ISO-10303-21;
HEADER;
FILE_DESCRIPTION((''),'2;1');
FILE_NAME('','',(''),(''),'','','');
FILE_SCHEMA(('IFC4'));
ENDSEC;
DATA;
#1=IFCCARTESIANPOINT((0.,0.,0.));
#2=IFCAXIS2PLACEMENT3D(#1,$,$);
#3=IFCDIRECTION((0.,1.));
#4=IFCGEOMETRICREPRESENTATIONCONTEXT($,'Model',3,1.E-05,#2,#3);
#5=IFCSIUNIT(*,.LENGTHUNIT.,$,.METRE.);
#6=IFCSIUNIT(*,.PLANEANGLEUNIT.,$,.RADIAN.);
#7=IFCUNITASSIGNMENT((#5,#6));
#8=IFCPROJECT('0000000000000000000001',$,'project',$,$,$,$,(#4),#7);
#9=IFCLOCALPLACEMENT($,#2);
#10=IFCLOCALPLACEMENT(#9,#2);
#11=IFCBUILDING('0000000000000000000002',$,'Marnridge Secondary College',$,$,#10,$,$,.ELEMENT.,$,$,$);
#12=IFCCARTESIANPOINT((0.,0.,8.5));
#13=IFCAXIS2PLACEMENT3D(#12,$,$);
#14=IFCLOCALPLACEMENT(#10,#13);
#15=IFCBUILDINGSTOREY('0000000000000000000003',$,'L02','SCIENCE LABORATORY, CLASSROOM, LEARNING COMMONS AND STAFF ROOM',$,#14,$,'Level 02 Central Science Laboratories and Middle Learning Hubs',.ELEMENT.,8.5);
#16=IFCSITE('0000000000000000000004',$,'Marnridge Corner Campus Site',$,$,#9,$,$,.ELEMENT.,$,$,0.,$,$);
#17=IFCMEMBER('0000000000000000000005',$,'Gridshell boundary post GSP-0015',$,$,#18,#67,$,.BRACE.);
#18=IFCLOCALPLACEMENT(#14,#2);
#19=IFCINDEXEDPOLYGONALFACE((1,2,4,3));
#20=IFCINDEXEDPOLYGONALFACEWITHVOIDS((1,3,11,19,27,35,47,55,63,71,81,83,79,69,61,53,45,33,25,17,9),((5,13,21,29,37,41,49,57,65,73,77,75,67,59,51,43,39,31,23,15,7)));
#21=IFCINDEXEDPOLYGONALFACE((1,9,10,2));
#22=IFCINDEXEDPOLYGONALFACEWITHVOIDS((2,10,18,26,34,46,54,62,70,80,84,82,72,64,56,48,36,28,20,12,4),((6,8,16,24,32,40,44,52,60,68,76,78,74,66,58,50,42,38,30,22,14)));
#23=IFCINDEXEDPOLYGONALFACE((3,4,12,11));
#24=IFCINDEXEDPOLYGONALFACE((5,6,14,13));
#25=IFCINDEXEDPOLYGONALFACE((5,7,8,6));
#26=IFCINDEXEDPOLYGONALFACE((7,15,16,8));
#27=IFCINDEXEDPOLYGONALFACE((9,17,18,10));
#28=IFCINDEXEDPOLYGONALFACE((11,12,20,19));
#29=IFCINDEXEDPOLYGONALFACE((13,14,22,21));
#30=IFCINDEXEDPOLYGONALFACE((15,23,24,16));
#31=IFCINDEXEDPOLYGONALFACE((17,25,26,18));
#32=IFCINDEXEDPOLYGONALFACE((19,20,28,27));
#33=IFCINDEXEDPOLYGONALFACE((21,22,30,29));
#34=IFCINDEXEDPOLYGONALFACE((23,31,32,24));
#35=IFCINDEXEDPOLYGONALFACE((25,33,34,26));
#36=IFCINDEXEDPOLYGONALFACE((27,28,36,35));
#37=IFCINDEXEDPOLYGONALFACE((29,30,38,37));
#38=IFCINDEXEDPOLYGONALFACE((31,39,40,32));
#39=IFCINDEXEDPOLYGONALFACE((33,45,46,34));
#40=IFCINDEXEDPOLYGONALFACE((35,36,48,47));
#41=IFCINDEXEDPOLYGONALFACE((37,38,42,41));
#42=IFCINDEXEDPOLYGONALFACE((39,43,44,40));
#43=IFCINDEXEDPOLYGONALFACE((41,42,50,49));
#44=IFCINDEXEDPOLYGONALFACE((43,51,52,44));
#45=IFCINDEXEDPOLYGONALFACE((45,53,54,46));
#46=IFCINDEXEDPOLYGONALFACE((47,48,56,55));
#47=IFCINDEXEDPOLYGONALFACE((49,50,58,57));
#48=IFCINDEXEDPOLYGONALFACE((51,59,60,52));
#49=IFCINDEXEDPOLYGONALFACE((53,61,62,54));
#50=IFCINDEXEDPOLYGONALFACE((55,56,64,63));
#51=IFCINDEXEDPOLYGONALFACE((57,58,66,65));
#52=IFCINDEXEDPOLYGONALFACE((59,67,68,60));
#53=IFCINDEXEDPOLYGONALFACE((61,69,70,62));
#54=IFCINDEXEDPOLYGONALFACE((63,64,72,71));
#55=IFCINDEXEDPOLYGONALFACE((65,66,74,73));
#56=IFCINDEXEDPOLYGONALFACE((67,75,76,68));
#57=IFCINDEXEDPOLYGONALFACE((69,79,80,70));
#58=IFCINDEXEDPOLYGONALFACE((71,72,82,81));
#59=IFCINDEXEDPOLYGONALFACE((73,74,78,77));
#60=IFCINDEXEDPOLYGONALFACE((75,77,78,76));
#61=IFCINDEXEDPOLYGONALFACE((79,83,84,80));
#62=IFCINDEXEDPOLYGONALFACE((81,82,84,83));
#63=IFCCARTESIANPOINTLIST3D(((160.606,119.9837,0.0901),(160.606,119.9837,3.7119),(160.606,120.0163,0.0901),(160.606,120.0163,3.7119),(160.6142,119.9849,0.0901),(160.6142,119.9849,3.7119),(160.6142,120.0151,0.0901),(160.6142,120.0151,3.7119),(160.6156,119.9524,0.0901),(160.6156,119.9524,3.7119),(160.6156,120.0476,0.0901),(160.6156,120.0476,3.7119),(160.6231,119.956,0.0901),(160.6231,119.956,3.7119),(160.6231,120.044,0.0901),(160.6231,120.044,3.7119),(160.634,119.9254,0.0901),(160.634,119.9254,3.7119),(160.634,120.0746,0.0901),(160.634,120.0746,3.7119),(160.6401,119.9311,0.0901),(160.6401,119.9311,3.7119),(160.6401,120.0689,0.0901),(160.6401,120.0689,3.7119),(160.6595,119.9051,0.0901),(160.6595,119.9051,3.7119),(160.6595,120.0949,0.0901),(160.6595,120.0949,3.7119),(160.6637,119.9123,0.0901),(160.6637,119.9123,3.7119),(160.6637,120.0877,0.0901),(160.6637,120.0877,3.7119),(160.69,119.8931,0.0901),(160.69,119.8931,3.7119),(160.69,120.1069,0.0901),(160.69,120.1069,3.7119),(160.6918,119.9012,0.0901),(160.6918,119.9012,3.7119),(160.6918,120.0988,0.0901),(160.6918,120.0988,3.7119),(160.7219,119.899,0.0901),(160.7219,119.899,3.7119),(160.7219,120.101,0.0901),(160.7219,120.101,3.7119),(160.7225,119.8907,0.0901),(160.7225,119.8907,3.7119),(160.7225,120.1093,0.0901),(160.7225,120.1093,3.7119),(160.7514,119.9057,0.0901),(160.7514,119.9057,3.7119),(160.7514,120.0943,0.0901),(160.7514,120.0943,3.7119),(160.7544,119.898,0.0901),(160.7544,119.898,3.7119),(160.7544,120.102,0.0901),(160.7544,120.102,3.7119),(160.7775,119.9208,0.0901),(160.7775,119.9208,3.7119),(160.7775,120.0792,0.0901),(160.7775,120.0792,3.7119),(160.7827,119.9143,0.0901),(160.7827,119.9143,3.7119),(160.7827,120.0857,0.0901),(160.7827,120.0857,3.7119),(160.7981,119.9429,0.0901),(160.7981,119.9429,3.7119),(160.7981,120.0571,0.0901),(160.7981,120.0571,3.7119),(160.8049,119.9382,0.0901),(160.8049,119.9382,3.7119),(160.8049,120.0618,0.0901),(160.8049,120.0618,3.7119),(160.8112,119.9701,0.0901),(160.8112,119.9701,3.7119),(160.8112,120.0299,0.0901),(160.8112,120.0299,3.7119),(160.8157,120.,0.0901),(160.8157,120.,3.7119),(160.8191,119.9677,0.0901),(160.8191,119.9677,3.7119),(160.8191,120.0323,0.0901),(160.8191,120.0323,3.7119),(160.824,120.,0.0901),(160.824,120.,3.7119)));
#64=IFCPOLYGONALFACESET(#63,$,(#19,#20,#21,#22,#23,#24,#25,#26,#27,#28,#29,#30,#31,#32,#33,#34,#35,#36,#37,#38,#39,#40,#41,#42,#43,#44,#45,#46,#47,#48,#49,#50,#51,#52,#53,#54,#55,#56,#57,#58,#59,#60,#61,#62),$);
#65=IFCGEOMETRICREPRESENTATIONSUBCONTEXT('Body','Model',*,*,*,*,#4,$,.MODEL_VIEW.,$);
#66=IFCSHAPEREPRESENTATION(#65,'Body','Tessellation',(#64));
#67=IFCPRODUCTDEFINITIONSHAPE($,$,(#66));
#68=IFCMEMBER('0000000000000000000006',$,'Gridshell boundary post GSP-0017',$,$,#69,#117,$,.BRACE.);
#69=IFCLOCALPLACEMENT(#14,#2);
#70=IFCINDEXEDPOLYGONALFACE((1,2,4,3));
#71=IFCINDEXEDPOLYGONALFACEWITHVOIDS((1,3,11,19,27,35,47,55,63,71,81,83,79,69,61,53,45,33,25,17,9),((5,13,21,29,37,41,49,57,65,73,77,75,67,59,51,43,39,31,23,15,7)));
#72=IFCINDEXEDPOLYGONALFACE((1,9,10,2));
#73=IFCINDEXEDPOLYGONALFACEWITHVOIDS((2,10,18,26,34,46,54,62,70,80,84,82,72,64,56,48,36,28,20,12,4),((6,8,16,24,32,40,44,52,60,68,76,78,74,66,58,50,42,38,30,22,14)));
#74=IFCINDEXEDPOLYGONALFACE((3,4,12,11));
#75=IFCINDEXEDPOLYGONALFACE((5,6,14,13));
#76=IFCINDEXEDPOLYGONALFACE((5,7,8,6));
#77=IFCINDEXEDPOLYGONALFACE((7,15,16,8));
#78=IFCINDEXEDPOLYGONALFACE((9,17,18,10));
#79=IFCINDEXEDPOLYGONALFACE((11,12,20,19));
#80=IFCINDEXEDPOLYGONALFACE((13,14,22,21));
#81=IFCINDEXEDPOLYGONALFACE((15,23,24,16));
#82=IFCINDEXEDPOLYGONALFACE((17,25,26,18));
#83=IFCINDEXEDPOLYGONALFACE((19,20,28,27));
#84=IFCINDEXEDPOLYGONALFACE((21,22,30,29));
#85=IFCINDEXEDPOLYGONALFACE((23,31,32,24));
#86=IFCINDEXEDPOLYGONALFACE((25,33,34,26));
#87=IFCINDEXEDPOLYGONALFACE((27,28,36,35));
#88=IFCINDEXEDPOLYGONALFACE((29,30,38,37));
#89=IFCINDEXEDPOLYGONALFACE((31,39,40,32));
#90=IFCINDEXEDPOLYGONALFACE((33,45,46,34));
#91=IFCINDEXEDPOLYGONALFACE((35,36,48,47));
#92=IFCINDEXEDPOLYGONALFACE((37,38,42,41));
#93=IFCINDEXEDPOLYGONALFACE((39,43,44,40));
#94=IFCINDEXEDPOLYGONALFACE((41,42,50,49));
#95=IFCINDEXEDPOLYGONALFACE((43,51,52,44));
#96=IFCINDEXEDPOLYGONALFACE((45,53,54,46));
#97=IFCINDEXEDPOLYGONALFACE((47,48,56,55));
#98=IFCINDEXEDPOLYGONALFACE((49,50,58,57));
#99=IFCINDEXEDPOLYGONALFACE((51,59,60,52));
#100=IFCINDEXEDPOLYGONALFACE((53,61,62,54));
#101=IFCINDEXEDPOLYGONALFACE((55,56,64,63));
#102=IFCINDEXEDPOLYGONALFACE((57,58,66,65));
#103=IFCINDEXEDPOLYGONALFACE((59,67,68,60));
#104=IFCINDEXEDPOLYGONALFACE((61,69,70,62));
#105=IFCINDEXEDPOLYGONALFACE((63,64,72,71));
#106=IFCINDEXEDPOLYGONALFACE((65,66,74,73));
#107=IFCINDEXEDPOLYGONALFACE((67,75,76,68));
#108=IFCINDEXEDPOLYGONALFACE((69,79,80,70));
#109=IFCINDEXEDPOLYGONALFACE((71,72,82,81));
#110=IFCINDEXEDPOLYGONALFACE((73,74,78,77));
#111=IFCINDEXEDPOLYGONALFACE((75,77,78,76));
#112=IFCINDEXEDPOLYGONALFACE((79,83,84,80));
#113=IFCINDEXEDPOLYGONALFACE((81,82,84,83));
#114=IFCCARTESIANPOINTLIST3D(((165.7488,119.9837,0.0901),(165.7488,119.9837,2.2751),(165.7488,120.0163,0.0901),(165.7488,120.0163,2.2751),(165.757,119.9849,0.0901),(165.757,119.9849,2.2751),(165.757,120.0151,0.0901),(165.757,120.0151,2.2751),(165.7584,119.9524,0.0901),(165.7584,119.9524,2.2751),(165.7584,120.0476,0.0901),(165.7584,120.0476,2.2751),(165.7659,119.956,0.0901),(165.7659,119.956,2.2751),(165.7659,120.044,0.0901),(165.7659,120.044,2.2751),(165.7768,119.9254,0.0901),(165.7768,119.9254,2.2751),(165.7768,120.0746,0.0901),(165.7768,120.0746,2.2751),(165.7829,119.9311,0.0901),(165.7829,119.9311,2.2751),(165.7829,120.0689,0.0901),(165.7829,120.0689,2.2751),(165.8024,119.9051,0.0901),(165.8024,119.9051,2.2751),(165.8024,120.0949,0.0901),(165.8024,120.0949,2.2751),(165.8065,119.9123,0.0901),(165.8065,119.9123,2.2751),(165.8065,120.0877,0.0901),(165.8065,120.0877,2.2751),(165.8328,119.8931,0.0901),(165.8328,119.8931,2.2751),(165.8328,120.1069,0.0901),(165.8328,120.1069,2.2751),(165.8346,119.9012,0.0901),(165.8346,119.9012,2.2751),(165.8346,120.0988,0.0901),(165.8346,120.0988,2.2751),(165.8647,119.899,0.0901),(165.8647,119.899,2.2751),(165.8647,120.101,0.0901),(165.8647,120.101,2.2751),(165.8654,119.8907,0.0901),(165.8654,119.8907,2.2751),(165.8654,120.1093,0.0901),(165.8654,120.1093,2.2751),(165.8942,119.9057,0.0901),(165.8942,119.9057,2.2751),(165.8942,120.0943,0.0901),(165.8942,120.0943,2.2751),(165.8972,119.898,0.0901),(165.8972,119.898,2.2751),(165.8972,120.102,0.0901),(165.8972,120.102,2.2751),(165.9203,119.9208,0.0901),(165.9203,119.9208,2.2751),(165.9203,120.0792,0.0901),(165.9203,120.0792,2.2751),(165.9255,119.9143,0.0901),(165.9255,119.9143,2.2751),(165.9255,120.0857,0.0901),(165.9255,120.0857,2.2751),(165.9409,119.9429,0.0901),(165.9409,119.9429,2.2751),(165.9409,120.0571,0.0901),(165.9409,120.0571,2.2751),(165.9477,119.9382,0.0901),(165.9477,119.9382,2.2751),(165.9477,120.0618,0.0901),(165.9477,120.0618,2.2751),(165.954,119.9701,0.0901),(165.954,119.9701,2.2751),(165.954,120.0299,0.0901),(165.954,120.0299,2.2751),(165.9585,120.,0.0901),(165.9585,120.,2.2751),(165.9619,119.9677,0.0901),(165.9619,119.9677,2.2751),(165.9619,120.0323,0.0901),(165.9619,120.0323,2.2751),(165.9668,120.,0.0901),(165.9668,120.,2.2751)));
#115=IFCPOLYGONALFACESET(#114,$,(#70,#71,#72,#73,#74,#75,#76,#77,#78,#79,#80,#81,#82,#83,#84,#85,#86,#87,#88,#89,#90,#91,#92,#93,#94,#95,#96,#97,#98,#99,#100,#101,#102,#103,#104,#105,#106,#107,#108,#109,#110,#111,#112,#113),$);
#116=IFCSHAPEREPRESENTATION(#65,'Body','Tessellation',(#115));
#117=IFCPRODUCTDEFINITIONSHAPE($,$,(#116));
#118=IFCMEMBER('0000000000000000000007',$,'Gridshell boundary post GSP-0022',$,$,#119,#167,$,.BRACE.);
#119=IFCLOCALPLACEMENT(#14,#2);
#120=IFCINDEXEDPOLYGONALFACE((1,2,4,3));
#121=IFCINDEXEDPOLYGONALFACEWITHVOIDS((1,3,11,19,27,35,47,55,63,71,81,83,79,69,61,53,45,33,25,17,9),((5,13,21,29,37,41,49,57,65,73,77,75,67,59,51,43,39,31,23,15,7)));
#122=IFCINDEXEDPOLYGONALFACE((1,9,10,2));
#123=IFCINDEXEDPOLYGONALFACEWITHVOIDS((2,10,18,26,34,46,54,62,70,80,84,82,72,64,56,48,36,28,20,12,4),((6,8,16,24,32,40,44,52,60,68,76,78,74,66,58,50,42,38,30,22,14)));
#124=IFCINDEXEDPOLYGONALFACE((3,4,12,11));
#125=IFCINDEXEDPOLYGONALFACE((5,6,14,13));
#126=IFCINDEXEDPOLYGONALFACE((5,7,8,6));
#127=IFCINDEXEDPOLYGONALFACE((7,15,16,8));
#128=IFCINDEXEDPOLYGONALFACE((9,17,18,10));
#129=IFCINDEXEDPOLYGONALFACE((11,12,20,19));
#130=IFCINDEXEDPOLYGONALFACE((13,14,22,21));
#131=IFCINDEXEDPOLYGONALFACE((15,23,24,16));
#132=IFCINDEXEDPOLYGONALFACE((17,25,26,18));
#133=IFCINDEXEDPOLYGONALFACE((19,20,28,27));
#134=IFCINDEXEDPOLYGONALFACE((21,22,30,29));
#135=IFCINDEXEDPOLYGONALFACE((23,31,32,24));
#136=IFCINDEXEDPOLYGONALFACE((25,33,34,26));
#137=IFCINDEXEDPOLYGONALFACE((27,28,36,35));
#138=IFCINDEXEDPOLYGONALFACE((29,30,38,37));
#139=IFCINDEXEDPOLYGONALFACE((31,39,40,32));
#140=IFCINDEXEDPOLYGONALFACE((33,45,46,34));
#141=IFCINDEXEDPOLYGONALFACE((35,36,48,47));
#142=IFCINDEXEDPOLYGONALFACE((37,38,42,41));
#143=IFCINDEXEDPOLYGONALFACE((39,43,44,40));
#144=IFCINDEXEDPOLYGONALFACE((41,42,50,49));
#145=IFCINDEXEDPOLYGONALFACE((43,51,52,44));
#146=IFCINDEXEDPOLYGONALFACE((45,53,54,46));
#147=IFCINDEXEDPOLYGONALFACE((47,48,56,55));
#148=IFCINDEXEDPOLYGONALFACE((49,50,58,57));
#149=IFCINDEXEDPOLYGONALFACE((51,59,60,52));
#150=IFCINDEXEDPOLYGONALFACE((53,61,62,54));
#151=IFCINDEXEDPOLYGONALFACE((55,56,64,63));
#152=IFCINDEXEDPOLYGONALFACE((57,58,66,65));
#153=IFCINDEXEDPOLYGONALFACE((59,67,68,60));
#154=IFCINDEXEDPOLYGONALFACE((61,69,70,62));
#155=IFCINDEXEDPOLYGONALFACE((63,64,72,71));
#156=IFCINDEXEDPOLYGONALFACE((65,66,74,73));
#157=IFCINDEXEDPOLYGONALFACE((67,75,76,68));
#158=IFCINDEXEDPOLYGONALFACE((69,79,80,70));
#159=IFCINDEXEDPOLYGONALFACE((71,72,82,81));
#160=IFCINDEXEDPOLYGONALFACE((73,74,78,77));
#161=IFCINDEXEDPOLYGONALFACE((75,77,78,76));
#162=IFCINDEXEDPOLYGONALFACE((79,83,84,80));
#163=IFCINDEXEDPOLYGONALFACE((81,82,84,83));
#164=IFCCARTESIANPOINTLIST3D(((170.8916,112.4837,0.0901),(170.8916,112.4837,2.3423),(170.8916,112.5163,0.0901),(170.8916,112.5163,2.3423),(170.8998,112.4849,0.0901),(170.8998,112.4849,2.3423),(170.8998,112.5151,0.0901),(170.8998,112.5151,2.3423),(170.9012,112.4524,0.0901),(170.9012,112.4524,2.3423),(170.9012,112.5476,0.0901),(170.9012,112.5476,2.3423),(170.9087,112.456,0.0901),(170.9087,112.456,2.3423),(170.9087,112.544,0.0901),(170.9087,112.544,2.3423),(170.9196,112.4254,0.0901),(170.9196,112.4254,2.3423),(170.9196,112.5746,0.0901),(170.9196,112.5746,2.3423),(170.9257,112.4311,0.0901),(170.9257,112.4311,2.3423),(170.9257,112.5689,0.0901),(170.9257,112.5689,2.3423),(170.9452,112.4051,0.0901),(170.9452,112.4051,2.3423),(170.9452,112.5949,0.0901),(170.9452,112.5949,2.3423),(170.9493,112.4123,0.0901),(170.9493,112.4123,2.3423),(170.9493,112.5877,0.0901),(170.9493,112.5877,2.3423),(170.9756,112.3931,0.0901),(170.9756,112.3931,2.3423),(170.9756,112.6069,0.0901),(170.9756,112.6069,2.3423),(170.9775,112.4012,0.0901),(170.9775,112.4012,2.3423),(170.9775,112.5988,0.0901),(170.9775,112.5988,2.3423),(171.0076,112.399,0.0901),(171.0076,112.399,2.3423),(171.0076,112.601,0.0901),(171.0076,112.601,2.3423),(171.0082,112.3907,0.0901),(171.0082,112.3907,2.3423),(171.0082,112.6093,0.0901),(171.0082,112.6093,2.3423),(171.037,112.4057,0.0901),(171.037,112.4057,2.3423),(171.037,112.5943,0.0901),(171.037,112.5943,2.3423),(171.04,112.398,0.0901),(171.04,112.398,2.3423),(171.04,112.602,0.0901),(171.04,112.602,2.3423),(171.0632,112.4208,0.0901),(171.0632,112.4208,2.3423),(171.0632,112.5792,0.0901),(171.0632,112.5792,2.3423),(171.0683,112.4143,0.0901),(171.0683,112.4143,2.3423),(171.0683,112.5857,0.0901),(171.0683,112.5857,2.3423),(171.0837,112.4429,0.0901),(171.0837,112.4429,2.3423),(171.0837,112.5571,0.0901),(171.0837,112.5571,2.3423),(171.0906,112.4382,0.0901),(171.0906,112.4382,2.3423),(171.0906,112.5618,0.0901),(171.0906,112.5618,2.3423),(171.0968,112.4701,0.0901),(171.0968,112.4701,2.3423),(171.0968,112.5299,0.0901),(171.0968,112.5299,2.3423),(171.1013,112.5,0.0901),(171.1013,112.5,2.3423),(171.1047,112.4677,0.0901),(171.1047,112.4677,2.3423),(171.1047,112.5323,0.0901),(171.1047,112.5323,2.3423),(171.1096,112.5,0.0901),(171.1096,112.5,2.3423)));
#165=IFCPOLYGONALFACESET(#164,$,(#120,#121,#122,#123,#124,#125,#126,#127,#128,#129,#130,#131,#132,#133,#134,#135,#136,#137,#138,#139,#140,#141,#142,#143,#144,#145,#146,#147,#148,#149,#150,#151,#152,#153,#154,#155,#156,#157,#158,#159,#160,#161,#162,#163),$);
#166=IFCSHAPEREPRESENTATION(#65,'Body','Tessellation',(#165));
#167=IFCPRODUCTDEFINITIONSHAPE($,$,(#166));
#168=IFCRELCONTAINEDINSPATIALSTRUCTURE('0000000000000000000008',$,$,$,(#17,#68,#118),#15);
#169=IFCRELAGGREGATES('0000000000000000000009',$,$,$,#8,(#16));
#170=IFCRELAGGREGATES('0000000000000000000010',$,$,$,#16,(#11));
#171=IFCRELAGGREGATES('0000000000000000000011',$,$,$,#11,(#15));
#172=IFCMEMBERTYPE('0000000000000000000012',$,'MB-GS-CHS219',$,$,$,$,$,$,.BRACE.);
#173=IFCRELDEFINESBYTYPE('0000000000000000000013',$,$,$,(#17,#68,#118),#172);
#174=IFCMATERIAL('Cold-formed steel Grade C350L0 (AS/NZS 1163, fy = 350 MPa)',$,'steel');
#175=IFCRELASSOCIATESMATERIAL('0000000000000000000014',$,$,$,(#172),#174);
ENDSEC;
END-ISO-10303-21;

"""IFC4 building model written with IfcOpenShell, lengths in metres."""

from ifc_helpers import new_model, si_unit, direction, frame, origin, origin_2d, place, context, subcontext, project, spatial, hollow_circle, extrude, material, material_profile, profile_set, type_object, element, save


model = new_model("IFC4")

# Units and contexts
model_context = context("Model", 3, precision=1e-05, world=origin(), true_north=direction((0.0, 1.0)))
body_context = subcontext(model_context, "Body", "Model", "MODEL_VIEW")
ifc_project = project(units=[si_unit("LENGTHUNIT", "METRE"), si_unit("PLANEANGLEUNIT", "RADIAN")], contexts=[model_context])

# Site, building, storey
site_placement = place(None, origin())
site = spatial("IfcSite", under=ifc_project, at=site_placement, Name="Marnridge Corner Campus Site", CompositionType="ELEMENT", RefElevation=0.0)
building_placement = place(site_placement, origin())
building = spatial("IfcBuilding", under=site, at=building_placement, Name="Marnridge Secondary College", CompositionType="ELEMENT")
storey_placement = place(building_placement, frame((0.0, 0.0, 8.5)))
storey = spatial("IfcBuildingStorey", under=building, at=storey_placement, Name="L02", Description="SCIENCE LABORATORY, CLASSROOM, LEARNING COMMONS AND STAFF ROOM", LongName="Level 02 Central Science Laboratories and Middle Learning Hubs", CompositionType="ELEMENT", Elevation=8.5)

# Members
ifc_material_1 = material(Name="Cold-formed steel Grade C350L0 (AS/NZS 1163, fy = 350 MPa)", Category="steel")
ifc_material_profile_1 = material_profile(ifc_material_1, hollow_circle(Radius=0.1096, WallThickness=0.0083, at=origin_2d()), Name="219.1x8.2CHS")
ifc_profile_set_1 = profile_set([ifc_material_profile_1], Name="Cold-formed steel Grade C350L0 (AS/NZS 1163, fy = 350 MPa)")
member_type_1 = type_object("IfcMemberType", Name="MB-GS-CHS219", PredefinedType="BRACE", material=ifc_profile_set_1)
member_1_placement = place(storey_placement, frame((160.7144, 120.0, 0.0901), z_axis=(0.0, 0.0, 1.0), x_axis=(1.0, 0.0, 0.0)))
element("IfcMember", 1, at=member_1_placement, inside=storey, type_object=member_type_1, Name="Gridshell boundary post GSP-0015", PredefinedType="BRACE", context=body_context, shape_type="SweptSolid", body=[
    extrude(hollow_circle(Radius=0.1096, WallThickness=0.0083, at=origin_2d()), origin(), (0.0, 0.0, 1.0), 3.6218),
])
member_2_placement = place(storey_placement, frame((165.8572, 120.0, 0.0901), z_axis=(0.0, 0.0, 1.0), x_axis=(1.0, 0.0, 0.0)))
element("IfcMember", 2, at=member_2_placement, inside=storey, type_object=member_type_1, Name="Gridshell boundary post GSP-0017", PredefinedType="BRACE", context=body_context, shape_type="SweptSolid", body=[
    extrude(hollow_circle(Radius=0.1096, WallThickness=0.0083, at=origin_2d()), origin(), (0.0, 0.0, 1.0), 2.1851),
])
member_3_placement = place(storey_placement, frame((171.0, 112.5, 0.0901), z_axis=(0.0, 0.0, 1.0), x_axis=(1.0, 0.0, 0.0)))
element("IfcMember", 3, at=member_3_placement, inside=storey, type_object=member_type_1, Name="Gridshell boundary post GSP-0022", PredefinedType="BRACE", context=body_context, shape_type="SweptSolid", body=[
    extrude(hollow_circle(Radius=0.1096, WallThickness=0.0083, at=origin_2d()), origin(), (0.0, 0.0, 1.0), 2.2522),
])

save(model, "model.ifc")
